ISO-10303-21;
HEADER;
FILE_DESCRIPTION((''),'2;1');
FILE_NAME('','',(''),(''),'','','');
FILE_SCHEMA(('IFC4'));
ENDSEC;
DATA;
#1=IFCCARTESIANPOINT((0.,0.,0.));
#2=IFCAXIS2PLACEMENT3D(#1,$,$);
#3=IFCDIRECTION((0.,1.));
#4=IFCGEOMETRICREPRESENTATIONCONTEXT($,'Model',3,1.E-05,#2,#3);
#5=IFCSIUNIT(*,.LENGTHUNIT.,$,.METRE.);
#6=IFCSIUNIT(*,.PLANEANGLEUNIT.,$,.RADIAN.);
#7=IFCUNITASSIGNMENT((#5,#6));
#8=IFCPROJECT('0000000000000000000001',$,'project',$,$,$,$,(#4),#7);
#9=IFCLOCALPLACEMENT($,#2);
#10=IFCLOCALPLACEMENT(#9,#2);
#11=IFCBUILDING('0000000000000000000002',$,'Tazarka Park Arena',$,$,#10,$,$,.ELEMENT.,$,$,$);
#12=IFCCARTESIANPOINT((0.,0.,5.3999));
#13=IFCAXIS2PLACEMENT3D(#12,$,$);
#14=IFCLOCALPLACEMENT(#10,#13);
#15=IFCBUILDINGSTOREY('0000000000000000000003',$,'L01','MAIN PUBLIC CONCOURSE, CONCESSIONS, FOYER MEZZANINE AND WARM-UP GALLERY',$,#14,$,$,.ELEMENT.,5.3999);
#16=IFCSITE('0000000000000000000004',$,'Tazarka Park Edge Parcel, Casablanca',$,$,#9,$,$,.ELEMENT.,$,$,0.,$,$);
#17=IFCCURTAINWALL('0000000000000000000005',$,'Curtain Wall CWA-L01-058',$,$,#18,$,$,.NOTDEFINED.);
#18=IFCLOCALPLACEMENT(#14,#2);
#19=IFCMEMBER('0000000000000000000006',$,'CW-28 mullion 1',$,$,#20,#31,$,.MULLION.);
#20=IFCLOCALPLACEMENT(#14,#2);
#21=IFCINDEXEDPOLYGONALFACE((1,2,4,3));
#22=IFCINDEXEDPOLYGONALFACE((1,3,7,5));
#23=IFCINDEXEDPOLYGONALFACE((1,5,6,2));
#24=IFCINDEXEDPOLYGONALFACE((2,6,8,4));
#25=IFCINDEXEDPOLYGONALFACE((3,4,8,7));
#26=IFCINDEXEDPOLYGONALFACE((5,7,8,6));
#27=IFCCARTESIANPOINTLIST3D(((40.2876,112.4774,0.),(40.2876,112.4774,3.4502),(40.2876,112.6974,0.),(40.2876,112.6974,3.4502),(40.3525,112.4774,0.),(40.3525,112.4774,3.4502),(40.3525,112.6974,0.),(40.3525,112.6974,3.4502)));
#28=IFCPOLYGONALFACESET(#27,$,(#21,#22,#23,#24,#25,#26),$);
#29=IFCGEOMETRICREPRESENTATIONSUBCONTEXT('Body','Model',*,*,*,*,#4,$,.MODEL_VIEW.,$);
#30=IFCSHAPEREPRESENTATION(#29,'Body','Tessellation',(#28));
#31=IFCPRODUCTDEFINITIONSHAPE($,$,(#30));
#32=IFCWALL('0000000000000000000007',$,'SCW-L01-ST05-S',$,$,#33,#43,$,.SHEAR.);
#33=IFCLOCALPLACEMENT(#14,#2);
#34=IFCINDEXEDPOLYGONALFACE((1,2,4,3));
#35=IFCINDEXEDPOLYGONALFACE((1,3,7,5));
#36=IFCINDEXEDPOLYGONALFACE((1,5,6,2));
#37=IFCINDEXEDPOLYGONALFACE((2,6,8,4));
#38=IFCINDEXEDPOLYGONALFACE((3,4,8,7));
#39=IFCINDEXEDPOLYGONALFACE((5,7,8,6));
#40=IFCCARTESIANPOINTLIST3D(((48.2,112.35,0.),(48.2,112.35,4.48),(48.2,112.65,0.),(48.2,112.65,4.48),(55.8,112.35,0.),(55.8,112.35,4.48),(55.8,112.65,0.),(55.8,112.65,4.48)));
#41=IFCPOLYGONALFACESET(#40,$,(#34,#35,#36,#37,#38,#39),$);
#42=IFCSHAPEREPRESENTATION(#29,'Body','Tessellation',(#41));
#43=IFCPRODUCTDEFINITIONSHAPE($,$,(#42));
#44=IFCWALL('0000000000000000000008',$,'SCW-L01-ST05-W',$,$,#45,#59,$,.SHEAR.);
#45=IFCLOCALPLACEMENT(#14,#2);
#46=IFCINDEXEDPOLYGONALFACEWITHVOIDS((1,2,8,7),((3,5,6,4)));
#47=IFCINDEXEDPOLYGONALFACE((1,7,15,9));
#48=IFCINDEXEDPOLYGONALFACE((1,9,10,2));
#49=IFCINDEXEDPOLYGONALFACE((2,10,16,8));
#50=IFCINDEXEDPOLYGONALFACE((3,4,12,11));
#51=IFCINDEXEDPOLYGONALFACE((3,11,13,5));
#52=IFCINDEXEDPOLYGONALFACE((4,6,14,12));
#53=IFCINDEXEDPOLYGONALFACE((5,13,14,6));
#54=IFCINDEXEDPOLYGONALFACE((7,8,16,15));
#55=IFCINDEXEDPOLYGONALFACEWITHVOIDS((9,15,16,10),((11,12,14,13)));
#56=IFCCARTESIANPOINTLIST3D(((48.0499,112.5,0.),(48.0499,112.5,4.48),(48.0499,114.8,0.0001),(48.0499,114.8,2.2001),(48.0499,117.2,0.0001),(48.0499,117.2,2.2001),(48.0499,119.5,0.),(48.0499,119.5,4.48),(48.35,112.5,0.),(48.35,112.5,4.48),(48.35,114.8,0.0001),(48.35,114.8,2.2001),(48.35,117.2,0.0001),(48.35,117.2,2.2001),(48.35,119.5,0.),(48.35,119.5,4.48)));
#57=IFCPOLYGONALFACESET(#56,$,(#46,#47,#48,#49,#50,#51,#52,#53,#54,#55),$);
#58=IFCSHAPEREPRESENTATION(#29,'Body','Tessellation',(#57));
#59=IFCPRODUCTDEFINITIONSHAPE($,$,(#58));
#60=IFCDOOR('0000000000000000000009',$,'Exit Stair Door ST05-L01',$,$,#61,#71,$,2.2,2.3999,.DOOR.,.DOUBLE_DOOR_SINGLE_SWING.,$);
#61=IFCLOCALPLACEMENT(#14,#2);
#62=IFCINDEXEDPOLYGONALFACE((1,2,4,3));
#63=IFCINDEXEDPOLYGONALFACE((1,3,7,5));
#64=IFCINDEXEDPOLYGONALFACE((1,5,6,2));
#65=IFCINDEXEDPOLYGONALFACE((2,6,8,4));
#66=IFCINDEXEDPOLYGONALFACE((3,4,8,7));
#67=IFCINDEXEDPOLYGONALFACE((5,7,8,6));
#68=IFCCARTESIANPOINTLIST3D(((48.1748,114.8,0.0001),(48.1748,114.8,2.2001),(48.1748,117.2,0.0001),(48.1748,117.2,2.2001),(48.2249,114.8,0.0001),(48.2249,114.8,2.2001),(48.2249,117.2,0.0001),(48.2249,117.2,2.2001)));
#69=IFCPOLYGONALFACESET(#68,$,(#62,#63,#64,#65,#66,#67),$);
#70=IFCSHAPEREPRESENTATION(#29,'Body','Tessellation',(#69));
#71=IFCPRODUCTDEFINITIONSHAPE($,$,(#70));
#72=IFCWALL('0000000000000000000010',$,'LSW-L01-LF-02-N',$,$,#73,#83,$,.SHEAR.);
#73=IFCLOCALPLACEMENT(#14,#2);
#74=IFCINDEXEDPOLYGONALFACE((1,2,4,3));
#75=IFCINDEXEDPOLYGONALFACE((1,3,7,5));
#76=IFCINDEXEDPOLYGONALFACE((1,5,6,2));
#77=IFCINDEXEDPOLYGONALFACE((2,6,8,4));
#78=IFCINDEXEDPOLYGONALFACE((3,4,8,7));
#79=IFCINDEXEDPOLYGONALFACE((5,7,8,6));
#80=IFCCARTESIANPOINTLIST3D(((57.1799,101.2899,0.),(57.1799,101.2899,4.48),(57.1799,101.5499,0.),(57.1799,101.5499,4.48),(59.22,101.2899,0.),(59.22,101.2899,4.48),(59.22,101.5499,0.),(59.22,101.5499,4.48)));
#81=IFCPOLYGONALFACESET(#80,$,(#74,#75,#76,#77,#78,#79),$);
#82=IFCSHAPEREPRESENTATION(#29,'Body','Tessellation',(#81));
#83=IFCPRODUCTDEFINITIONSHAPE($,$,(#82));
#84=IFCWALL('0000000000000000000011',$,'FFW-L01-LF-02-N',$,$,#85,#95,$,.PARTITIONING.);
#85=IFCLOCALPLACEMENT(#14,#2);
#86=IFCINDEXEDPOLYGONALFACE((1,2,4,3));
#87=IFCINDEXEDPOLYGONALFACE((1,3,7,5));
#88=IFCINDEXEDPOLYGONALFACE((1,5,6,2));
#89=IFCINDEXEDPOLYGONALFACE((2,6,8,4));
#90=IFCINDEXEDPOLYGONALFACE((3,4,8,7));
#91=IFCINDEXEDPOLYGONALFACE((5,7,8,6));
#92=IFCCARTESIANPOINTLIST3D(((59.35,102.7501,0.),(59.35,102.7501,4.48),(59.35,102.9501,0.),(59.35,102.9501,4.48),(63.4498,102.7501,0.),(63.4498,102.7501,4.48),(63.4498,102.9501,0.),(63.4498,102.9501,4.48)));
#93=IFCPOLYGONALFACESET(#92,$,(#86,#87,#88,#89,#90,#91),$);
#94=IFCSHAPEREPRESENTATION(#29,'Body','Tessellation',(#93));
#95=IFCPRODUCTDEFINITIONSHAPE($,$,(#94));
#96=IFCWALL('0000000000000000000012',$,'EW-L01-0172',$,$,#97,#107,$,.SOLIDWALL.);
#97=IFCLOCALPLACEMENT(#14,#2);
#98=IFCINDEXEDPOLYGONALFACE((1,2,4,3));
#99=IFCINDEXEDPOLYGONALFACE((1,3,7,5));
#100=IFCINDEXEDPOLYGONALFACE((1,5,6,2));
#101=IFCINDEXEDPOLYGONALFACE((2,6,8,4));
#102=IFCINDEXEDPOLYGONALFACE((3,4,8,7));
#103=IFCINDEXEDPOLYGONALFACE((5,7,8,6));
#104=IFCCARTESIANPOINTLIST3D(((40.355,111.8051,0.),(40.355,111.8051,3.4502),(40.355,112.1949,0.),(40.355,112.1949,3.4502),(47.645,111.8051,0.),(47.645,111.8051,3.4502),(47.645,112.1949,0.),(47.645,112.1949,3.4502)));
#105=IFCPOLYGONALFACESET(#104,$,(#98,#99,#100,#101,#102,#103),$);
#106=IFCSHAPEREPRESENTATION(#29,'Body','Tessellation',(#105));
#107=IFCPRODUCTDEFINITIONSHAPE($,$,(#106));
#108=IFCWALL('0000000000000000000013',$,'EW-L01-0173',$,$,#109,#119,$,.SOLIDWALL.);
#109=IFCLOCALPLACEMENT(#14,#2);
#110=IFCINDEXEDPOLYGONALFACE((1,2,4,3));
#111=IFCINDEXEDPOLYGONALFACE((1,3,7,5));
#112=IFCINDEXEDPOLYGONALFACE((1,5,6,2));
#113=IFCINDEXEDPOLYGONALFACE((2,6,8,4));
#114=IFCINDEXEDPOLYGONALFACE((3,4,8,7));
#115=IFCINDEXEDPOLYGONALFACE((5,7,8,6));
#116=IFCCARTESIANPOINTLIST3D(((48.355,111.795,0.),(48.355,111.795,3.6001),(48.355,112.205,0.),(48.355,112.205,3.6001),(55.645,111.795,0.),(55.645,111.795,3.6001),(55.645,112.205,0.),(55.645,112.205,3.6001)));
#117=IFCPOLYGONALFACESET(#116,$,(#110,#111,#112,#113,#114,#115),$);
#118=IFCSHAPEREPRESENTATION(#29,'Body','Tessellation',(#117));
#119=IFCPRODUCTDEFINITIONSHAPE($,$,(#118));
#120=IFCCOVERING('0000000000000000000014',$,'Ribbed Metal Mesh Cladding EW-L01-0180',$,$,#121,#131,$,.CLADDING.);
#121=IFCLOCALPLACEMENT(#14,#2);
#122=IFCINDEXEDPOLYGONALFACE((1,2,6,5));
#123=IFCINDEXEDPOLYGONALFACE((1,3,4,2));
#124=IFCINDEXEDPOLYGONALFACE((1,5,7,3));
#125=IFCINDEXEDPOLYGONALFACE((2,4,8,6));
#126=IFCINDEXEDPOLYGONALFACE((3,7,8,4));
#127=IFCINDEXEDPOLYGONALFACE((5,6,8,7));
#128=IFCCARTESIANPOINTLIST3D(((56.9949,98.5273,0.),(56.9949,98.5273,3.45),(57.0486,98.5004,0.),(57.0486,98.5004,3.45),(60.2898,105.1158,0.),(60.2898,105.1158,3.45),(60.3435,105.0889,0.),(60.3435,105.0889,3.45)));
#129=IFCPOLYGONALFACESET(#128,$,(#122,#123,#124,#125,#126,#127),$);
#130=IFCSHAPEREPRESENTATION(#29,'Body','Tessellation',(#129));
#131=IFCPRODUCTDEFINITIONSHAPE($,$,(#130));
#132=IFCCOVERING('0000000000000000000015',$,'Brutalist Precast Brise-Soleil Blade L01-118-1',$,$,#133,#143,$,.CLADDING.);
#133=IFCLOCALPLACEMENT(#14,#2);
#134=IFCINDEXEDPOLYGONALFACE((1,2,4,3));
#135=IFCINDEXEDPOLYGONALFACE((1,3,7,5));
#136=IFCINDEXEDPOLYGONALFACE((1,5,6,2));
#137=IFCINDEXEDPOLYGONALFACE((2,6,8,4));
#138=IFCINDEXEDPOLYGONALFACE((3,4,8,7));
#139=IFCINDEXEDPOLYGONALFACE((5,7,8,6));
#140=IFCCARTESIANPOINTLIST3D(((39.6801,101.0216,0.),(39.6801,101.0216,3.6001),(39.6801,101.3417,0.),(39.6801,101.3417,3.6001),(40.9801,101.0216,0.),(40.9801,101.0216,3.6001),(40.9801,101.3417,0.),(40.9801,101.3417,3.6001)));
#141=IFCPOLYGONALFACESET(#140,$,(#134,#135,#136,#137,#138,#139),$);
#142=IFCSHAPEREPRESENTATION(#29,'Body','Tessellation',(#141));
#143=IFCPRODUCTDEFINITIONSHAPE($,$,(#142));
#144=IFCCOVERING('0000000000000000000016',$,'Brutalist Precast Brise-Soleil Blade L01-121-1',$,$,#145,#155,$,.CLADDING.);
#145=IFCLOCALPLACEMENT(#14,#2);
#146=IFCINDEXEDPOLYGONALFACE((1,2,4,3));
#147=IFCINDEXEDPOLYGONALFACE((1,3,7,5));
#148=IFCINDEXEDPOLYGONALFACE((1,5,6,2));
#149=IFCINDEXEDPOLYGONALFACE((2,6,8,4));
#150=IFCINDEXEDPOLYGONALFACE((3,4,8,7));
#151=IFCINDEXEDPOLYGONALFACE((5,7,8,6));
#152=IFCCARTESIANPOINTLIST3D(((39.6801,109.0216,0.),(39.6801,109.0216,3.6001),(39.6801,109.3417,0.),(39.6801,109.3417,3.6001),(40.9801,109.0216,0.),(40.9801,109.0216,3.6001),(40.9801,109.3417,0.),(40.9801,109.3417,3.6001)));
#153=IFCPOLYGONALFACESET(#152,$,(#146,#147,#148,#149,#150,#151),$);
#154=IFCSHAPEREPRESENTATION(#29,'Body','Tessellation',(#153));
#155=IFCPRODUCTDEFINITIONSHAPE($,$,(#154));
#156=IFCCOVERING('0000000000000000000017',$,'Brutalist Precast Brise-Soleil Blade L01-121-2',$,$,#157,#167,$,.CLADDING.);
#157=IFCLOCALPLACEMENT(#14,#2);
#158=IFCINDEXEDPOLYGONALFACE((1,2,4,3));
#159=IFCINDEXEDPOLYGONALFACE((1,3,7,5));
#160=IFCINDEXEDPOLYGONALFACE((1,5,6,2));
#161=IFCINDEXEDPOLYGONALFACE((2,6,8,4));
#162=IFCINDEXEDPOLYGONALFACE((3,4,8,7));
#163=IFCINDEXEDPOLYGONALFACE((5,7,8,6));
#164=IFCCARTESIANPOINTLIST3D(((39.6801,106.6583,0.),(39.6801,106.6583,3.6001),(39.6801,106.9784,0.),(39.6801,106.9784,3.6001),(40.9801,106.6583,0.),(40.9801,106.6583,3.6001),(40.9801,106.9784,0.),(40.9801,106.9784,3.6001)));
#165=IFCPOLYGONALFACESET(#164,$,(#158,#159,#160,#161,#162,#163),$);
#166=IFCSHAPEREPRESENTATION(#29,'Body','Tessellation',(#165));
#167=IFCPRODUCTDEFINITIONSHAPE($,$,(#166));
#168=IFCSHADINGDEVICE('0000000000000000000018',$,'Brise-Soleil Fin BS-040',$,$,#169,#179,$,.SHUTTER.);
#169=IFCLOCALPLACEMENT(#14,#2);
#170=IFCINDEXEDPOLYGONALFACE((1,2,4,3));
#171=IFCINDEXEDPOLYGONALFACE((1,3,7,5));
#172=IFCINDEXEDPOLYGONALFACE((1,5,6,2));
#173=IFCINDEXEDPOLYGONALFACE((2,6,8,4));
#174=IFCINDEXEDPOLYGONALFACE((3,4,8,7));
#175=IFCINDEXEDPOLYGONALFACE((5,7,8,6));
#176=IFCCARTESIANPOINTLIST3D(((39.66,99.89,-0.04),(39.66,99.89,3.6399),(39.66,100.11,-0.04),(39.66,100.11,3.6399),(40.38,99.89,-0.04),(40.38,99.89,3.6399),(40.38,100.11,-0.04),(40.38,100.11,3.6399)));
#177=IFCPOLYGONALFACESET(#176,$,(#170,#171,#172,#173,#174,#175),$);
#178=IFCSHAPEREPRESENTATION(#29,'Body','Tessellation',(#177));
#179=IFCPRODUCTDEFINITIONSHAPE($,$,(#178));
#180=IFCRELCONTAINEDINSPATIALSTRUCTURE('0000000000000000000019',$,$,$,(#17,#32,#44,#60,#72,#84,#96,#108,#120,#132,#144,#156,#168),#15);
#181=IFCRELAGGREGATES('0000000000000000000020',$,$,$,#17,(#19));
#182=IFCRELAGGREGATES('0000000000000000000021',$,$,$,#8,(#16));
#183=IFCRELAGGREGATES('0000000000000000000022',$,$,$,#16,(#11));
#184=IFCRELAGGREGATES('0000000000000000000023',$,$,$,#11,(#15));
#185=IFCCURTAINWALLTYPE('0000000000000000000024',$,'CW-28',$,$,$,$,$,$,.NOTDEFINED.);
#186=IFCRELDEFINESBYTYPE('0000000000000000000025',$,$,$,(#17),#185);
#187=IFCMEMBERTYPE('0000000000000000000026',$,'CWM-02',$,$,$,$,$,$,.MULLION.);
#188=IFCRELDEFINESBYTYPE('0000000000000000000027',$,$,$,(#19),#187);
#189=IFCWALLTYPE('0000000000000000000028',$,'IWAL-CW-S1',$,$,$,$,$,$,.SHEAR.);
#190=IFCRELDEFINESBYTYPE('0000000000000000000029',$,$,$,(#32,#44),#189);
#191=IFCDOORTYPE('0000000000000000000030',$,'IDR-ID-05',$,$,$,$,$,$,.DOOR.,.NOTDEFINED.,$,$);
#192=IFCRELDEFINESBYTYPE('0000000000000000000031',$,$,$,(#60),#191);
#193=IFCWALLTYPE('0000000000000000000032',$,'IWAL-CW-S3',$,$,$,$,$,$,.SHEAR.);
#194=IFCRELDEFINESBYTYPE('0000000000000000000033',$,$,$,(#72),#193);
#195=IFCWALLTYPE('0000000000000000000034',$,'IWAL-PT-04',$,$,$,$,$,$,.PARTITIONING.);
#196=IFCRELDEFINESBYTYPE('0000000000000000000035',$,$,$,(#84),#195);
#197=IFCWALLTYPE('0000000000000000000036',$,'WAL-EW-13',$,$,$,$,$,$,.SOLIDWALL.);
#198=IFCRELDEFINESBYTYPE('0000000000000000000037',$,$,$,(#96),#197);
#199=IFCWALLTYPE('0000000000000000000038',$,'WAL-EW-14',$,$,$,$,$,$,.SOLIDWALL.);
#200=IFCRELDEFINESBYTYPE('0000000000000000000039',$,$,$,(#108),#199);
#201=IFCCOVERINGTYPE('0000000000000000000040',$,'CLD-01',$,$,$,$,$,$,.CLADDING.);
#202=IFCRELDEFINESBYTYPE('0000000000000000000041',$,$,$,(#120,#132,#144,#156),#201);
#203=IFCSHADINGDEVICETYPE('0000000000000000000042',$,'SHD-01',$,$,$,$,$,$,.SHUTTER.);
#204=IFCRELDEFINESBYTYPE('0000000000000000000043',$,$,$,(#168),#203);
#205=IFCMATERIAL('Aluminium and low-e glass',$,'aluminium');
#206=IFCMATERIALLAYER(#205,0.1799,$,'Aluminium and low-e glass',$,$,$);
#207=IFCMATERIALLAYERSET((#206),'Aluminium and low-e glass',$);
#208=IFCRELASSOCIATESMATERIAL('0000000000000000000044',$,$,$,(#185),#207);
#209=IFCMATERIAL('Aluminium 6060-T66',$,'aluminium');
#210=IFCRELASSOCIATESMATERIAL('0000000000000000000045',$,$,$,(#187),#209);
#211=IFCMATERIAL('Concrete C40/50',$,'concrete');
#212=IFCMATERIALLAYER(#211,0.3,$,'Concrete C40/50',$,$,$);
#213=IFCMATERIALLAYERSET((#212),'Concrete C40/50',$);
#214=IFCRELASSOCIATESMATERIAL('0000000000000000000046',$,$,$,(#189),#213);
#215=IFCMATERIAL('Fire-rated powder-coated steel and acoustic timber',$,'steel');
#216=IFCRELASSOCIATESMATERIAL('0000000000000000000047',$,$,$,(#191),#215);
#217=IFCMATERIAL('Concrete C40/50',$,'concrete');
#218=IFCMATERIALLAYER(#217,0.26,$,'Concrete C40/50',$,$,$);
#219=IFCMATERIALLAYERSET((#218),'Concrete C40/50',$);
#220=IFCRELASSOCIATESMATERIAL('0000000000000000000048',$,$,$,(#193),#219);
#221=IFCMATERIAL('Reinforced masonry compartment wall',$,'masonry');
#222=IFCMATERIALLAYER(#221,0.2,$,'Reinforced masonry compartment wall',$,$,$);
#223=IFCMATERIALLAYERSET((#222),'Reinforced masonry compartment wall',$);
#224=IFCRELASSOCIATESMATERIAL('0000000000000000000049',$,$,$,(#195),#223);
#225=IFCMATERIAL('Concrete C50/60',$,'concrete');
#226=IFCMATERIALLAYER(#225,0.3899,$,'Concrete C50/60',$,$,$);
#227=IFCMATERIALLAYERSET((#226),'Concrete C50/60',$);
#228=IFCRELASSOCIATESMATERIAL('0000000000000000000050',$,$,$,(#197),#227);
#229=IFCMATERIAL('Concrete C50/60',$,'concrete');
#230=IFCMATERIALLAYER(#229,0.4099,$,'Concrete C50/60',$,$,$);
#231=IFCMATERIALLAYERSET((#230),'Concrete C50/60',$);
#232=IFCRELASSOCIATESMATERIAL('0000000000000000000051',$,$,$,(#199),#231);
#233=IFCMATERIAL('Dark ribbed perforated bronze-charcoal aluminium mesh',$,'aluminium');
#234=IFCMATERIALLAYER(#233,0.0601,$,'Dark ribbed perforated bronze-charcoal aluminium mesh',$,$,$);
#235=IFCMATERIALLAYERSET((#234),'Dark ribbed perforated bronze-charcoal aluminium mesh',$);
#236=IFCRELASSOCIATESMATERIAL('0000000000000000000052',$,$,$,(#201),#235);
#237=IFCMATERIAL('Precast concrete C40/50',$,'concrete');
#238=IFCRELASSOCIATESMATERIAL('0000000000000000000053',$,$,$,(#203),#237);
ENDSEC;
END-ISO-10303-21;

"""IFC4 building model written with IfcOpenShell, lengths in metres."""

from ifc_helpers import new_model, si_unit, direction, frame, frame_2d, origin, origin_2d, place, context, subcontext, project, spatial, rectangle, extrude, material, layer, layer_set, material_profile, profile_set, type_object, element, fill, aggregate, save


model = new_model("IFC4")

# Units and contexts
model_context = context("Model", 3, precision=1e-05, world=origin(), true_north=direction((0.0, 1.0)))
body_context = subcontext(model_context, "Body", "Model", "MODEL_VIEW")
ifc_project = project(units=[si_unit("LENGTHUNIT", "METRE"), si_unit("PLANEANGLEUNIT", "RADIAN")], contexts=[model_context])

# Site, building, storey
site_placement = place(None, origin())
site = spatial("IfcSite", under=ifc_project, at=site_placement, Name="Tazarka Park Edge Parcel, Casablanca", CompositionType="ELEMENT", RefElevation=0.0)
building_placement = place(site_placement, origin())
building = spatial("IfcBuilding", under=site, at=building_placement, Name="Tazarka Park Arena", CompositionType="ELEMENT")
storey_placement = place(building_placement, frame((0.0, 0.0, 5.3999)))
storey = spatial("IfcBuildingStorey", under=building, at=storey_placement, Name="L01", Description="MAIN PUBLIC CONCOURSE, CONCESSIONS, FOYER MEZZANINE AND WARM-UP GALLERY", CompositionType="ELEMENT", Elevation=5.3999)

# Curtain wall, member
ifc_material_1 = material(Name="Aluminium and low-e glass", Category="aluminium")
ifc_layer_1 = layer(ifc_material_1, 0.1799, Name="Aluminium and low-e glass")
ifc_layer_set_1 = layer_set([ifc_layer_1], Name="Aluminium and low-e glass")
curtain_wall_type = type_object("IfcCurtainWallType", Name="CW-28", PredefinedType="NOTDEFINED", material=ifc_layer_set_1)
curtain_wall_placement = place(storey_placement, origin())
curtain_wall = element("IfcCurtainWall", 1, at=curtain_wall_placement, inside=storey, type_object=curtain_wall_type, Name="Curtain Wall CWA-L01-058", PredefinedType="NOTDEFINED")
ifc_material_2 = material(Name="Aluminium 6060-T66", Category="aluminium")
ifc_material_profile_1 = material_profile(ifc_material_2, rectangle(XDim=0.0649, YDim=0.22, at=origin_2d()), Name="Aluminium 6060-T66")
ifc_profile_set_1 = profile_set([ifc_material_profile_1], Name="Aluminium 6060-T66")
member_type = type_object("IfcMemberType", Name="CWM-02", PredefinedType="MULLION", material=ifc_profile_set_1)
member_placement = place(storey_placement, frame((40.3201, 112.5874, 0.0), z_axis=(0.0, 0.0, 1.0), x_axis=(-1.0, 0.0, 0.0)))
member = element("IfcMember", 2, at=member_placement, type_object=member_type, Name="CW-28 mullion 1", PredefinedType="MULLION", context=body_context, shape_type="SweptSolid", body=[
    extrude(rectangle(XDim=0.0649, YDim=0.22, at=origin_2d()), origin(), (0.0, 0.0, 1.0), 3.4502),
])
aggregate(curtain_wall, [member])

# Wall
ifc_material_3 = material(Name="Concrete C40/50", Category="concrete")
ifc_layer_2 = layer(ifc_material_3, 0.3, Name="Concrete C40/50")
ifc_layer_set_2 = layer_set([ifc_layer_2], Name="Concrete C40/50")
wall_type_1 = type_object("IfcWallType", Name="IWAL-CW-S1", PredefinedType="SHEAR", material=ifc_layer_set_2)
wall_1_placement = place(storey_placement, frame((55.8, 112.5, 0.0), z_axis=(0.0, 0.0, 1.0), x_axis=(-1.0, 0.0, 0.0)))
element("IfcWall", 3, at=wall_1_placement, inside=storey, type_object=wall_type_1, Name="SCW-L01-ST05-S", PredefinedType="SHEAR", context=body_context, shape_type="SweptSolid", body=[
    extrude(rectangle(XDim=7.6001, YDim=0.3, at=frame_2d((3.8, 0.0))), origin(), (0.0, 0.0, 1.0), 4.48),
])

# Wall, opening, door
wall_2_placement = place(storey_placement, frame((48.2, 112.5, 0.0), z_axis=(0.0, 0.0, 1.0), x_axis=(0.0, 1.0, 0.0)))
wall_2 = element("IfcWall", 4, at=wall_2_placement, inside=storey, type_object=wall_type_1, Name="SCW-L01-ST05-W", PredefinedType="SHEAR", context=body_context, shape_type="SweptSolid", body=[
    extrude(rectangle(XDim=7.0, YDim=0.3, at=frame_2d((3.5, 0.0))), origin(), (0.0, 0.0, 1.0), 4.48),
])
opening_1_placement = place(wall_2_placement, frame((2.3, 0.0, 0.0)))
opening_1 = element("IfcOpeningElement", 5, at=opening_1_placement, cuts=wall_2, PredefinedType="OPENING", context=body_context, shape_type="SweptSolid", body=[
    extrude(rectangle(XDim=2.3999, YDim=2.2, at=frame_2d((1.2, 1.1001))), frame((0.0, 0.1602, 0.0), z_axis=(0.0, -1.0, 0.0), x_axis=(1.0, 0.0, 0.0)), (0.0, 0.0, 1.0), 0.3201),
])
ifc_material_4 = material(Name="Fire-rated powder-coated steel and acoustic timber", Category="steel")
door_type_1 = type_object("IfcDoorType", Name="IDR-ID-05", OperationType="NOTDEFINED", PredefinedType="DOOR", material=ifc_material_4)
door_1_placement = place(opening_1_placement, frame((2.3999, 0.0, 0.0), z_axis=(0.0, 0.0, 1.0), x_axis=(-1.0, 0.0, 0.0)))
door_1 = element("IfcDoor", 6, at=door_1_placement, inside=storey, type_object=door_type_1, Name="Exit Stair Door ST05-L01", OperationType="DOUBLE_DOOR_SINGLE_SWING", OverallHeight=2.2, OverallWidth=2.3999, PredefinedType="DOOR", context=body_context, shape_type="SweptSolid", body=[
    extrude(rectangle(XDim=2.3999, YDim=2.2, at=frame_2d((1.2, 1.1001))), frame((0.0, 0.0249, 0.0), z_axis=(0.0, -1.0, 0.0), x_axis=(1.0, 0.0, 0.0)), (0.0, 0.0, 1.0), 0.05),
])
fill(opening_1, door_1)

# Wall
ifc_material_5 = material(Name="Concrete C40/50", Category="concrete")
ifc_layer_3 = layer(ifc_material_5, 0.26, Name="Concrete C40/50")
ifc_layer_set_3 = layer_set([ifc_layer_3], Name="Concrete C40/50")
wall_type_2 = type_object("IfcWallType", Name="IWAL-CW-S3", PredefinedType="SHEAR", material=ifc_layer_set_3)
wall_3_placement = place(storey_placement, frame((57.1799, 101.4199, 0.0), z_axis=(0.0, 0.0, 1.0), x_axis=(1.0, 0.0, 0.0)))
element("IfcWall", 7, at=wall_3_placement, inside=storey, type_object=wall_type_2, Name="LSW-L01-LF-02-N", PredefinedType="SHEAR", context=body_context, shape_type="SweptSolid", body=[
    extrude(rectangle(XDim=2.04, YDim=0.26, at=frame_2d((1.02, 0.0))), origin(), (0.0, 0.0, 1.0), 4.48),
])

# Walls
ifc_material_6 = material(Name="Reinforced masonry compartment wall", Category="masonry")
ifc_layer_4 = layer(ifc_material_6, 0.2, Name="Reinforced masonry compartment wall")
ifc_layer_set_4 = layer_set([ifc_layer_4], Name="Reinforced masonry compartment wall")
wall_type_3 = type_object("IfcWallType", Name="IWAL-PT-04", PredefinedType="PARTITIONING", material=ifc_layer_set_4)
wall_4_placement = place(storey_placement, frame((59.3501, 102.8501, 0.0), z_axis=(0.0, 0.0, 1.0), x_axis=(1.0, 0.0, 0.0)))
element("IfcWall", 8, at=wall_4_placement, inside=storey, type_object=wall_type_3, Name="FFW-L01-LF-02-N", PredefinedType="PARTITIONING", context=body_context, shape_type="SweptSolid", body=[
    extrude(rectangle(XDim=4.0999, YDim=0.2, at=frame_2d((2.0498, 0.0))), origin(), (0.0, 0.0, 1.0), 4.48),
])
ifc_material_7 = material(Name="Concrete C50/60", Category="concrete")
ifc_layer_5 = layer(ifc_material_7, 0.3899, Name="Concrete C50/60")
ifc_layer_set_5 = layer_set([ifc_layer_5], Name="Concrete C50/60")
wall_type_4 = type_object("IfcWallType", Name="WAL-EW-13", PredefinedType="SOLIDWALL", material=ifc_layer_set_5)
wall_5_placement = place(storey_placement, frame((47.645, 112.0, 0.0), z_axis=(0.0, 0.0, 1.0), x_axis=(-1.0, 0.0, 0.0)))
element("IfcWall", 9, at=wall_5_placement, inside=storey, type_object=wall_type_4, Name="EW-L01-0172", PredefinedType="SOLIDWALL", context=body_context, shape_type="SweptSolid", body=[
    extrude(rectangle(XDim=7.29, YDim=0.3899, at=frame_2d((3.645, 0.0))), origin(), (0.0, 0.0, 1.0), 3.4502),
])
ifc_material_8 = material(Name="Concrete C50/60", Category="concrete")
ifc_layer_6 = layer(ifc_material_8, 0.4099, Name="Concrete C50/60")
ifc_layer_set_6 = layer_set([ifc_layer_6], Name="Concrete C50/60")
wall_type_5 = type_object("IfcWallType", Name="WAL-EW-14", PredefinedType="SOLIDWALL", material=ifc_layer_set_6)
wall_6_placement = place(storey_placement, frame((55.645, 112.0, 0.0), z_axis=(0.0, 0.0, 1.0), x_axis=(-1.0, 0.0, 0.0)))
element("IfcWall", 10, at=wall_6_placement, inside=storey, type_object=wall_type_5, Name="EW-L01-0173", PredefinedType="SOLIDWALL", context=body_context, shape_type="SweptSolid", body=[
    extrude(rectangle(XDim=7.29, YDim=0.4099, at=frame_2d((3.645, 0.0))), origin(), (0.0, 0.0, 1.0), 3.6001),
])

# Coverings
ifc_material_9 = material(Name="Dark ribbed perforated bronze-charcoal aluminium mesh", Category="aluminium")
ifc_layer_7 = layer(ifc_material_9, 0.0601, Name="Dark ribbed perforated bronze-charcoal aluminium mesh")
ifc_layer_set_7 = layer_set([ifc_layer_7], Name="Dark ribbed perforated bronze-charcoal aluminium mesh")
covering_type = type_object("IfcCoveringType", Name="CLD-01", PredefinedType="CLADDING", material=ifc_layer_set_7)
covering_placement = place(storey_placement, frame((58.6692, 101.8081, 0.0), z_axis=(0.0, 0.0, 1.0), x_axis=(0.447291, 0.894389, 0.0)))
element("IfcCovering", 11, at=covering_placement, inside=storey, type_object=covering_type, Name="Ribbed Metal Mesh Cladding EW-L01-0180", PredefinedType="CLADDING", context=body_context, shape_type="SweptSolid", body=[
    extrude(rectangle(XDim=7.3665, YDim=0.0601, at=origin_2d()), origin(), (0.0, 0.0, 1.0), 3.45),
])
for number, where, z_axis, x_axis, name in (
    (12, (40.3301, 101.1816, 0.0), (0.0, 0.0, 1.0), (0.0, -1.0, 0.0), "Brutalist Precast Brise-Soleil Blade L01-118-1"),
    (13, (40.3301, 109.1816, 0.0), (0.0, 0.0, 1.0), (0.0, -1.0, 0.0), "Brutalist Precast Brise-Soleil Blade L01-121-1"),
    (14, (40.3301, 106.8184, 0.0), (0.0, 0.0, 1.0), (0.0, -1.0, 0.0), "Brutalist Precast Brise-Soleil Blade L01-121-2"),
):
    element("IfcCovering", number, at=place(storey_placement, frame(where, z_axis=z_axis, x_axis=x_axis)), inside=storey, type_object=covering_type, Name=name, PredefinedType="CLADDING", context=body_context, shape_type="SweptSolid", body=[
        extrude(rectangle(XDim=0.3201, YDim=1.3, at=origin_2d()), origin(), (0.0, 0.0, 1.0), 3.6001),
    ])

# Shading device
ifc_material_10 = material(Name="Precast concrete C40/50", Category="concrete")
shading_device_type = type_object("IfcShadingDeviceType", Name="SHD-01", PredefinedType="SHUTTER", material=ifc_material_10)
for number, where, z_axis, x_axis, name in (
    (15, (40.02, 100.0, -0.04), (0.0, 0.0, 1.0), (0.0, -1.0, 0.0), "Brise-Soleil Fin BS-040"),
):
    element("IfcShadingDevice", number, at=place(storey_placement, frame(where, z_axis=z_axis, x_axis=x_axis)), inside=storey, type_object=shading_device_type, Name=name, PredefinedType="SHUTTER", context=body_context, shape_type="SweptSolid", body=[
        extrude(rectangle(XDim=0.22, YDim=0.72, at=origin_2d()), origin(), (0.0, 0.0, 1.0), 3.6799),
    ])

save(model, "model.ifc")
